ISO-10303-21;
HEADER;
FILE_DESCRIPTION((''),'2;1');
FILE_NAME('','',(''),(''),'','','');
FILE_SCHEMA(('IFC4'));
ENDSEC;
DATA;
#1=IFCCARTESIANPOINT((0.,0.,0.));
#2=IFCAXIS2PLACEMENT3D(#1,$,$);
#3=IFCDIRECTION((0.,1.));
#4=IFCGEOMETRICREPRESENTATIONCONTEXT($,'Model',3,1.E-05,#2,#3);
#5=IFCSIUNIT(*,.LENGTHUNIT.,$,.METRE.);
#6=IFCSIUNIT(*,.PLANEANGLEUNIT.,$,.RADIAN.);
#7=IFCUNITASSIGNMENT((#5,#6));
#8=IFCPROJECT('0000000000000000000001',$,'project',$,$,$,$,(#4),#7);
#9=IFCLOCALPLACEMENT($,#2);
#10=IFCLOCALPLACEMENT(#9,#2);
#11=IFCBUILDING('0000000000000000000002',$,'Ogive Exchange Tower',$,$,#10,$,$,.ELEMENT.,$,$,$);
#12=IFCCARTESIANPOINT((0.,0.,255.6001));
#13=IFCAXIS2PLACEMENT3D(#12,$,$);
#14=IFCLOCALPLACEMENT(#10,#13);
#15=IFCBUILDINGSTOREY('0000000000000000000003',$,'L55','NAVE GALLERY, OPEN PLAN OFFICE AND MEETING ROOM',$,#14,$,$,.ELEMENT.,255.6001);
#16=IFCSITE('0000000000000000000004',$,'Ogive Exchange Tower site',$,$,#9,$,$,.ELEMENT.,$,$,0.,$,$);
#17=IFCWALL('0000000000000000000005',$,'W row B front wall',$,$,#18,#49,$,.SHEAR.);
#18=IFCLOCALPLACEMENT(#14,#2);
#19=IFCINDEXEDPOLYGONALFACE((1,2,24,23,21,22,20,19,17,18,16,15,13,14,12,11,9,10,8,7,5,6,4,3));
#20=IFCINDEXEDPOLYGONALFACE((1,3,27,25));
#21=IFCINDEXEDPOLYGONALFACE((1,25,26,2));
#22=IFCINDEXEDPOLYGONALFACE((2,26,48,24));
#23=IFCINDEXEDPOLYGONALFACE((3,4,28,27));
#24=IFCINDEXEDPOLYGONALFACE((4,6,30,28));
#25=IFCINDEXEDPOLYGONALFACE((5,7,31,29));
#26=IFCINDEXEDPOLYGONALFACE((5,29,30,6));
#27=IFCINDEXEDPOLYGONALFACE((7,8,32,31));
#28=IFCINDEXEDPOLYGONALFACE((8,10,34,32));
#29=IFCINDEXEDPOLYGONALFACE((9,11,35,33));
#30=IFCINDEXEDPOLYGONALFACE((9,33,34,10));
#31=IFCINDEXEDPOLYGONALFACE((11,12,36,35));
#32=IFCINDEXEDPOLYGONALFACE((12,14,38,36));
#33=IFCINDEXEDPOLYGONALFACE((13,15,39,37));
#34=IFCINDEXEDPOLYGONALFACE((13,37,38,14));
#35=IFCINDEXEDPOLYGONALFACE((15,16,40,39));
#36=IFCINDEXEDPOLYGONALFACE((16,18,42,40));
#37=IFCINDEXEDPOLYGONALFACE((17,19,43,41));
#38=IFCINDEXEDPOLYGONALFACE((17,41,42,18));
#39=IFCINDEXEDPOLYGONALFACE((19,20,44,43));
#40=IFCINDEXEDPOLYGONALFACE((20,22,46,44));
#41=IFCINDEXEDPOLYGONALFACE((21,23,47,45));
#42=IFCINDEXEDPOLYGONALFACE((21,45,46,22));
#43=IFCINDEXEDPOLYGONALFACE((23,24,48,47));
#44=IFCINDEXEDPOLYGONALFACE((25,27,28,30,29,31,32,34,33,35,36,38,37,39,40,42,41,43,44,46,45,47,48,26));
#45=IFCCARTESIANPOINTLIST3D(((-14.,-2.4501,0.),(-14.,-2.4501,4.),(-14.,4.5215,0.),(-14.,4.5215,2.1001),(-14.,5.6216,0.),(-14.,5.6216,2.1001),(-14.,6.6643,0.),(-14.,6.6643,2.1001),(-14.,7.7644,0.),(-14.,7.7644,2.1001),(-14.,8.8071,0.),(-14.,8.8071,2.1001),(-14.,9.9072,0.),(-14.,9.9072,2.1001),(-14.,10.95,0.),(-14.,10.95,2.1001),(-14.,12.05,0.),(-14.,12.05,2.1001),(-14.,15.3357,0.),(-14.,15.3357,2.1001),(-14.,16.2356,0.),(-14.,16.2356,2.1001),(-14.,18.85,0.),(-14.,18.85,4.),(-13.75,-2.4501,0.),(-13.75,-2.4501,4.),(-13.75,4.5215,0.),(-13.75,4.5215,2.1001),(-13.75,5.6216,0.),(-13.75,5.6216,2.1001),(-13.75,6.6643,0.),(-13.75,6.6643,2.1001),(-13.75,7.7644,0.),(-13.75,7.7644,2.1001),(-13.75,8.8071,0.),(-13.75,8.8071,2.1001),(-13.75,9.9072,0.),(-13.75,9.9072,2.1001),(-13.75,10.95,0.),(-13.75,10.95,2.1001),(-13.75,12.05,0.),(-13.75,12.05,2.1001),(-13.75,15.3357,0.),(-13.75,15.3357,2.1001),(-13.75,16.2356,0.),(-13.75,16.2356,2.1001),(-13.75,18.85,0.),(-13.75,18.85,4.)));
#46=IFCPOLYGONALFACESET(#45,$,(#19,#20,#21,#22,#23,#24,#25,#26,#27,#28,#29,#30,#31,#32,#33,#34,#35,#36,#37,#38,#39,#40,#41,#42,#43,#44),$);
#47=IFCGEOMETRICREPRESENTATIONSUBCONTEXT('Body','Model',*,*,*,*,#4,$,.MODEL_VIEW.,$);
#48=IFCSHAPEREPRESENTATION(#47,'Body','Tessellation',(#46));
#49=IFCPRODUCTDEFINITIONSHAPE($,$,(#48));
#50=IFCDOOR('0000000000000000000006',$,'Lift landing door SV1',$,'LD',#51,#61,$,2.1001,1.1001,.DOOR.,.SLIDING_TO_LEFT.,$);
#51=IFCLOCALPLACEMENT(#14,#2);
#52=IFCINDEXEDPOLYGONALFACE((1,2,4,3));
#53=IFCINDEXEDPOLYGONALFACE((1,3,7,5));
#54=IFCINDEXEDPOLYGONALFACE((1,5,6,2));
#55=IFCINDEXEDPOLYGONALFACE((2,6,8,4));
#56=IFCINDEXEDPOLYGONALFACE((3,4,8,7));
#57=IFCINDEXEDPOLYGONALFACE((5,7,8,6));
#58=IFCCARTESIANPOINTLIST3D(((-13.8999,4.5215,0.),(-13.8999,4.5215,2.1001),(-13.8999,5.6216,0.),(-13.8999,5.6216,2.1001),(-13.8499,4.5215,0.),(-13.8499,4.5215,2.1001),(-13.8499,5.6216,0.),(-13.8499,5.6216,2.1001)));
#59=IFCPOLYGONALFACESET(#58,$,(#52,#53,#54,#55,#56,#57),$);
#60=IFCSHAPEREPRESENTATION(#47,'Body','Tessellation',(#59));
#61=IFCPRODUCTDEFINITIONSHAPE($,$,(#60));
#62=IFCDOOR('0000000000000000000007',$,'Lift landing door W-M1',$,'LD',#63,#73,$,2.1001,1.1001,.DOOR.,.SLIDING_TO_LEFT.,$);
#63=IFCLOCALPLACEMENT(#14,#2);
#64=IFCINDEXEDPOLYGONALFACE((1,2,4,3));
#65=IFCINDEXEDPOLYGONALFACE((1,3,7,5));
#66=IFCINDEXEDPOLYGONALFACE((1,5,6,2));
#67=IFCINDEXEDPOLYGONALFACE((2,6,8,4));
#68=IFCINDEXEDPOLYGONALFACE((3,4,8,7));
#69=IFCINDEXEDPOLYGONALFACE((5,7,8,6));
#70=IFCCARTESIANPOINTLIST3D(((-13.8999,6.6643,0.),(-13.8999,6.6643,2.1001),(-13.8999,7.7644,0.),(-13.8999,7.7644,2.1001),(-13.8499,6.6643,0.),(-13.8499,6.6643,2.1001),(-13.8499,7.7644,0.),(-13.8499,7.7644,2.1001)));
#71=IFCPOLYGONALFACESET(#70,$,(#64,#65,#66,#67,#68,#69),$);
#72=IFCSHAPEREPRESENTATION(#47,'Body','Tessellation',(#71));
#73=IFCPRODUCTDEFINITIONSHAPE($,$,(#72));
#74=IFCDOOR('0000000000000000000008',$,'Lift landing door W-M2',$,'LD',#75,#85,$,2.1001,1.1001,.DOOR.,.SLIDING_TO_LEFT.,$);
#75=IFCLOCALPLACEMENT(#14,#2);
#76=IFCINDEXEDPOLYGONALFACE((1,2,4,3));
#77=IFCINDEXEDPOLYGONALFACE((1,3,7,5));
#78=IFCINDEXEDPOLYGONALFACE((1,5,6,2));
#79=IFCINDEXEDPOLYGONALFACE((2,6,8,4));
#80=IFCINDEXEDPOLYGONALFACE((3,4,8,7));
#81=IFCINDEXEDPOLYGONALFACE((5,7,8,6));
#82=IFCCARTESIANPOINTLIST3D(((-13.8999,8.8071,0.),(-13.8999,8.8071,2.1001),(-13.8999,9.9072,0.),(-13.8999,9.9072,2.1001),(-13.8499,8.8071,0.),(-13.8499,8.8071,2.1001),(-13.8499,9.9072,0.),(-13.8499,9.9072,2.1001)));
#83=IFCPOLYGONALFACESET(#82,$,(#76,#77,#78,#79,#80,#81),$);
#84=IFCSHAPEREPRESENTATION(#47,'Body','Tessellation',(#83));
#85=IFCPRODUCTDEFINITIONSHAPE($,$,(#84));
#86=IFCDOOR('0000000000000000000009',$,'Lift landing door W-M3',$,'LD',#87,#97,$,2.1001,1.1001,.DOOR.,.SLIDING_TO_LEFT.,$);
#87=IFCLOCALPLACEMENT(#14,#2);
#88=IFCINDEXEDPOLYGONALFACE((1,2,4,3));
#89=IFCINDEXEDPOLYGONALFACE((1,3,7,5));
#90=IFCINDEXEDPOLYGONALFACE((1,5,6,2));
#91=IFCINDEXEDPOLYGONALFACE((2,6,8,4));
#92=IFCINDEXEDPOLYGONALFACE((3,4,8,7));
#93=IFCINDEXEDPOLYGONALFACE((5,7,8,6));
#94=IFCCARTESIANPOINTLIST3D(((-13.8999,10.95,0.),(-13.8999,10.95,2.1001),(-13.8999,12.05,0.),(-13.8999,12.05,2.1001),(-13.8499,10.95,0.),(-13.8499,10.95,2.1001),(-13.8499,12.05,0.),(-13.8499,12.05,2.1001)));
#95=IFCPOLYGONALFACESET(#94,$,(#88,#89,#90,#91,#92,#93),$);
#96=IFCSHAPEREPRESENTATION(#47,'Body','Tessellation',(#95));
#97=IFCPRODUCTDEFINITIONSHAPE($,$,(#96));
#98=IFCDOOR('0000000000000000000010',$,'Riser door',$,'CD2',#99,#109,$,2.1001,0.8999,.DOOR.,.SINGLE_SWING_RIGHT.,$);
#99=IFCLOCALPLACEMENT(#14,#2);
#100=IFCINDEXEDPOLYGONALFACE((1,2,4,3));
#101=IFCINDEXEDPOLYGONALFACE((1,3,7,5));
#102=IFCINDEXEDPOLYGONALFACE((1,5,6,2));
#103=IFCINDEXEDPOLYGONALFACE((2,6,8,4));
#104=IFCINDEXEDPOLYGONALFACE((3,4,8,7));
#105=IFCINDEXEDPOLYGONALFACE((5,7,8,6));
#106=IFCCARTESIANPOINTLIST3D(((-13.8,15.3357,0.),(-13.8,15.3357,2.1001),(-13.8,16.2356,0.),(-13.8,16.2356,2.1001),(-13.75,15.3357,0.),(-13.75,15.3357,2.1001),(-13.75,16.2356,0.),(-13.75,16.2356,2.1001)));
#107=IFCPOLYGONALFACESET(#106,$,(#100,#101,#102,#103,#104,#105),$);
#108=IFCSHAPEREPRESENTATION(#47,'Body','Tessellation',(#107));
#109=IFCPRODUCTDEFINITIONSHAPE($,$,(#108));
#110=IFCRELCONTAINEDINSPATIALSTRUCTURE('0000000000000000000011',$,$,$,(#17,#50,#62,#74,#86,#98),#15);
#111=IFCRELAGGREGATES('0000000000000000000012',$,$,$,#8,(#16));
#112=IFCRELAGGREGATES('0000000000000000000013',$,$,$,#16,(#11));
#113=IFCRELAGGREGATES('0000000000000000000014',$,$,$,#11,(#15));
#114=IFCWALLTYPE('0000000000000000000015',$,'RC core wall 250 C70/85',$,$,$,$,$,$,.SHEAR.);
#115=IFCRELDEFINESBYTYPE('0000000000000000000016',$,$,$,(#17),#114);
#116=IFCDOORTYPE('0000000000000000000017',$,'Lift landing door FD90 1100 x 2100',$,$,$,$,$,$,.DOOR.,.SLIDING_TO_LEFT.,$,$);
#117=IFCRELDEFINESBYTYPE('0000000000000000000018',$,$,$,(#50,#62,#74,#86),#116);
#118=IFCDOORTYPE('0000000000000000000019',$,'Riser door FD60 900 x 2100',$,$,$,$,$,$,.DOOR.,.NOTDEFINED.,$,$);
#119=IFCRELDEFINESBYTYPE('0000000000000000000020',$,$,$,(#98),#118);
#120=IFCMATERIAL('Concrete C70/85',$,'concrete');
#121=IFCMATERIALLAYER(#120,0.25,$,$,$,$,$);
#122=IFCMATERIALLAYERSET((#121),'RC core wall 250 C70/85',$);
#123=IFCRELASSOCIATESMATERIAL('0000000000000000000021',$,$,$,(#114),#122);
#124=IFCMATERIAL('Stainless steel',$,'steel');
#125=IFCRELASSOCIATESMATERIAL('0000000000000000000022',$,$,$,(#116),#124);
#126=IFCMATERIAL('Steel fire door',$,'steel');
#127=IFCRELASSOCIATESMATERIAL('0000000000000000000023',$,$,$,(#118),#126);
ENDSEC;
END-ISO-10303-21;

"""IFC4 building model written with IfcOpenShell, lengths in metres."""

from ifc_helpers import new_model, si_unit, direction, frame, frame_2d, origin, place, context, subcontext, project, spatial, rectangle, extrude, material, layer, layer_set, type_object, element, fill, save


model = new_model("IFC4")

# Units and contexts
model_context = context("Model", 3, precision=1e-05, world=origin(), true_north=direction((0.0, 1.0)))
body_context = subcontext(model_context, "Body", "Model", "MODEL_VIEW")
ifc_project = project(units=[si_unit("LENGTHUNIT", "METRE"), si_unit("PLANEANGLEUNIT", "RADIAN")], contexts=[model_context])

# Site, building, storey
site_placement = place(None, origin())
site = spatial("IfcSite", under=ifc_project, at=site_placement, Name="Ogive Exchange Tower site", CompositionType="ELEMENT", RefElevation=0.0)
building_placement = place(site_placement, origin())
building = spatial("IfcBuilding", under=site, at=building_placement, Name="Ogive Exchange Tower", CompositionType="ELEMENT")
storey_placement = place(building_placement, frame((0.0, 0.0, 255.6001)))
storey = spatial("IfcBuildingStorey", under=building, at=storey_placement, Name="L55", Description="NAVE GALLERY, OPEN PLAN OFFICE AND MEETING ROOM", CompositionType="ELEMENT", Elevation=255.6001)

# Shared definitions
ifc_material_1 = material(Name="Concrete C70/85", Category="concrete")
ifc_layer_1 = layer(ifc_material_1, 0.25)
ifc_layer_set_1 = layer_set([ifc_layer_1], Name="RC core wall 250 C70/85")
wall_type_1 = type_object("IfcWallType", Name="RC core wall 250 C70/85", PredefinedType="SHEAR", material=ifc_layer_set_1)
ifc_material_2 = material(Name="Steel fire door", Category="steel")

# Wall, openings, doors
wall_1_placement = place(storey_placement, frame((-13.875, -2.45, 0.0), z_axis=(0.0, 0.0, 1.0), x_axis=(0.0, 1.0, 0.0)))
wall_1 = element("IfcWall", 1, at=wall_1_placement, inside=storey, type_object=wall_type_1, Name="W row B front wall", PredefinedType="SHEAR", context=body_context, shape_type="SweptSolid", body=[
    extrude(rectangle(XDim=21.3, YDim=0.25, at=frame_2d((10.6499, 0.0))), origin(), (0.0, 0.0, 1.0), 4.0),
])
opening_1_placement = place(wall_1_placement, frame((17.7856, 0.0, 0.0)))
opening_1 = element("IfcOpeningElement", 2, at=opening_1_placement, cuts=wall_1, PredefinedType="OPENING", context=body_context, shape_type="SweptSolid", body=[
    extrude(rectangle(XDim=0.8999, YDim=2.1001, at=frame_2d((0.45, 1.05))), frame((0.0, 0.135, 0.0), z_axis=(0.0, -1.0, 0.0), x_axis=(1.0, 0.0, 0.0)), (0.0, 0.0, 1.0), 0.27),
])
opening_2_placement = place(wall_1_placement, frame((6.9714, 0.0, 0.0)))
opening_2 = element("IfcOpeningElement", 3, at=opening_2_placement, cuts=wall_1, PredefinedType="OPENING", context=body_context, shape_type="SweptSolid", body=[
    extrude(rectangle(XDim=1.1001, YDim=2.1001, at=frame_2d((0.55, 1.05))), frame((0.0, 0.135, 0.0), z_axis=(0.0, -1.0, 0.0), x_axis=(1.0, 0.0, 0.0)), (0.0, 0.0, 1.0), 0.27),
])
opening_3_placement = place(wall_1_placement, frame((9.1143, 0.0, 0.0)))
opening_3 = element("IfcOpeningElement", 4, at=opening_3_placement, cuts=wall_1, PredefinedType="OPENING", context=body_context, shape_type="SweptSolid", body=[
    extrude(rectangle(XDim=1.1001, YDim=2.1001, at=frame_2d((0.55, 1.05))), frame((0.0, 0.135, 0.0), z_axis=(0.0, -1.0, 0.0), x_axis=(1.0, 0.0, 0.0)), (0.0, 0.0, 1.0), 0.27),
])
opening_4_placement = place(wall_1_placement, frame((11.2571, 0.0, 0.0)))
opening_4 = element("IfcOpeningElement", 5, at=opening_4_placement, cuts=wall_1, PredefinedType="OPENING", context=body_context, shape_type="SweptSolid", body=[
    extrude(rectangle(XDim=1.1001, YDim=2.1001, at=frame_2d((0.55, 1.05))), frame((0.0, 0.135, 0.0), z_axis=(0.0, -1.0, 0.0), x_axis=(1.0, 0.0, 0.0)), (0.0, 0.0, 1.0), 0.27),
])
opening_5_placement = place(wall_1_placement, frame((13.3999, 0.0, 0.0)))
opening_5 = element("IfcOpeningElement", 6, at=opening_5_placement, cuts=wall_1, PredefinedType="OPENING", context=body_context, shape_type="SweptSolid", body=[
    extrude(rectangle(XDim=1.1001, YDim=2.1001, at=frame_2d((0.55, 1.05))), frame((0.0, 0.135, 0.0), z_axis=(0.0, -1.0, 0.0), x_axis=(1.0, 0.0, 0.0)), (0.0, 0.0, 1.0), 0.27),
])
ifc_material_3 = material(Name="Stainless steel", Category="steel")
door_type_1 = type_object("IfcDoorType", Name="Lift landing door FD90 1100 x 2100", OperationType="SLIDING_TO_LEFT", PredefinedType="DOOR", material=ifc_material_3)
door_1_placement = place(opening_2_placement, origin())
door_1 = element("IfcDoor", 7, at=door_1_placement, inside=storey, type_object=door_type_1, Name="Lift landing door SV1", ObjectType="LD", OperationType="SLIDING_TO_LEFT", OverallHeight=2.1001, OverallWidth=1.1001, PredefinedType="DOOR", context=body_context, shape_type="SweptSolid", body=[
    extrude(rectangle(XDim=1.1001, YDim=2.1001, at=frame_2d((0.55, 1.05))), frame((0.0, 0.0249, 0.0), z_axis=(0.0, -1.0, 0.0), x_axis=(1.0, 0.0, 0.0)), (0.0, 0.0, 1.0), 0.05),
])
fill(opening_2, door_1)
door_2_placement = place(opening_3_placement, origin())
door_2 = element("IfcDoor", 8, at=door_2_placement, inside=storey, type_object=door_type_1, Name="Lift landing door W-M1", ObjectType="LD", OperationType="SLIDING_TO_LEFT", OverallHeight=2.1001, OverallWidth=1.1001, PredefinedType="DOOR", context=body_context, shape_type="SweptSolid", body=[
    extrude(rectangle(XDim=1.1001, YDim=2.1001, at=frame_2d((0.55, 1.05))), frame((0.0, 0.0249, 0.0), z_axis=(0.0, -1.0, 0.0), x_axis=(1.0, 0.0, 0.0)), (0.0, 0.0, 1.0), 0.05),
])
fill(opening_3, door_2)
door_3_placement = place(opening_4_placement, origin())
door_3 = element("IfcDoor", 9, at=door_3_placement, inside=storey, type_object=door_type_1, Name="Lift landing door W-M2", ObjectType="LD", OperationType="SLIDING_TO_LEFT", OverallHeight=2.1001, OverallWidth=1.1001, PredefinedType="DOOR", context=body_context, shape_type="SweptSolid", body=[
    extrude(rectangle(XDim=1.1001, YDim=2.1001, at=frame_2d((0.55, 1.05))), frame((0.0, 0.0249, 0.0), z_axis=(0.0, -1.0, 0.0), x_axis=(1.0, 0.0, 0.0)), (0.0, 0.0, 1.0), 0.05),
])
fill(opening_4, door_3)
door_4_placement = place(opening_5_placement, origin())
door_4 = element("IfcDoor", 10, at=door_4_placement, inside=storey, type_object=door_type_1, Name="Lift landing door W-M3", ObjectType="LD", OperationType="SLIDING_TO_LEFT", OverallHeight=2.1001, OverallWidth=1.1001, PredefinedType="DOOR", context=body_context, shape_type="SweptSolid", body=[
    extrude(rectangle(XDim=1.1001, YDim=2.1001, at=frame_2d((0.55, 1.05))), frame((0.0, 0.0249, 0.0), z_axis=(0.0, -1.0, 0.0), x_axis=(1.0, 0.0, 0.0)), (0.0, 0.0, 1.0), 0.05),
])
fill(opening_5, door_4)
door_type_2 = type_object("IfcDoorType", Name="Riser door FD60 900 x 2100", OperationType="NOTDEFINED", PredefinedType="DOOR", material=ifc_material_2)
door_5_placement = place(opening_1_placement, frame((0.8999, -0.2002, 0.0), z_axis=(0.0, 0.0, 1.0), x_axis=(-1.0, 0.0, 0.0)))
door_5 = element("IfcDoor", 11, at=door_5_placement, inside=storey, type_object=door_type_2, Name="Riser door", ObjectType="CD2", OperationType="SINGLE_SWING_RIGHT", OverallHeight=2.1001, OverallWidth=0.8999, PredefinedType="DOOR", context=body_context, shape_type="SweptSolid", body=[
    extrude(rectangle(XDim=0.8999, YDim=2.1001, at=frame_2d((0.45, 1.05))), frame((0.0, -0.0752, 0.0), z_axis=(0.0, -1.0, 0.0), x_axis=(1.0, 0.0, 0.0)), (0.0, 0.0, 1.0), 0.05),
])
fill(opening_1, door_5)

save(model, "model.ifc")
